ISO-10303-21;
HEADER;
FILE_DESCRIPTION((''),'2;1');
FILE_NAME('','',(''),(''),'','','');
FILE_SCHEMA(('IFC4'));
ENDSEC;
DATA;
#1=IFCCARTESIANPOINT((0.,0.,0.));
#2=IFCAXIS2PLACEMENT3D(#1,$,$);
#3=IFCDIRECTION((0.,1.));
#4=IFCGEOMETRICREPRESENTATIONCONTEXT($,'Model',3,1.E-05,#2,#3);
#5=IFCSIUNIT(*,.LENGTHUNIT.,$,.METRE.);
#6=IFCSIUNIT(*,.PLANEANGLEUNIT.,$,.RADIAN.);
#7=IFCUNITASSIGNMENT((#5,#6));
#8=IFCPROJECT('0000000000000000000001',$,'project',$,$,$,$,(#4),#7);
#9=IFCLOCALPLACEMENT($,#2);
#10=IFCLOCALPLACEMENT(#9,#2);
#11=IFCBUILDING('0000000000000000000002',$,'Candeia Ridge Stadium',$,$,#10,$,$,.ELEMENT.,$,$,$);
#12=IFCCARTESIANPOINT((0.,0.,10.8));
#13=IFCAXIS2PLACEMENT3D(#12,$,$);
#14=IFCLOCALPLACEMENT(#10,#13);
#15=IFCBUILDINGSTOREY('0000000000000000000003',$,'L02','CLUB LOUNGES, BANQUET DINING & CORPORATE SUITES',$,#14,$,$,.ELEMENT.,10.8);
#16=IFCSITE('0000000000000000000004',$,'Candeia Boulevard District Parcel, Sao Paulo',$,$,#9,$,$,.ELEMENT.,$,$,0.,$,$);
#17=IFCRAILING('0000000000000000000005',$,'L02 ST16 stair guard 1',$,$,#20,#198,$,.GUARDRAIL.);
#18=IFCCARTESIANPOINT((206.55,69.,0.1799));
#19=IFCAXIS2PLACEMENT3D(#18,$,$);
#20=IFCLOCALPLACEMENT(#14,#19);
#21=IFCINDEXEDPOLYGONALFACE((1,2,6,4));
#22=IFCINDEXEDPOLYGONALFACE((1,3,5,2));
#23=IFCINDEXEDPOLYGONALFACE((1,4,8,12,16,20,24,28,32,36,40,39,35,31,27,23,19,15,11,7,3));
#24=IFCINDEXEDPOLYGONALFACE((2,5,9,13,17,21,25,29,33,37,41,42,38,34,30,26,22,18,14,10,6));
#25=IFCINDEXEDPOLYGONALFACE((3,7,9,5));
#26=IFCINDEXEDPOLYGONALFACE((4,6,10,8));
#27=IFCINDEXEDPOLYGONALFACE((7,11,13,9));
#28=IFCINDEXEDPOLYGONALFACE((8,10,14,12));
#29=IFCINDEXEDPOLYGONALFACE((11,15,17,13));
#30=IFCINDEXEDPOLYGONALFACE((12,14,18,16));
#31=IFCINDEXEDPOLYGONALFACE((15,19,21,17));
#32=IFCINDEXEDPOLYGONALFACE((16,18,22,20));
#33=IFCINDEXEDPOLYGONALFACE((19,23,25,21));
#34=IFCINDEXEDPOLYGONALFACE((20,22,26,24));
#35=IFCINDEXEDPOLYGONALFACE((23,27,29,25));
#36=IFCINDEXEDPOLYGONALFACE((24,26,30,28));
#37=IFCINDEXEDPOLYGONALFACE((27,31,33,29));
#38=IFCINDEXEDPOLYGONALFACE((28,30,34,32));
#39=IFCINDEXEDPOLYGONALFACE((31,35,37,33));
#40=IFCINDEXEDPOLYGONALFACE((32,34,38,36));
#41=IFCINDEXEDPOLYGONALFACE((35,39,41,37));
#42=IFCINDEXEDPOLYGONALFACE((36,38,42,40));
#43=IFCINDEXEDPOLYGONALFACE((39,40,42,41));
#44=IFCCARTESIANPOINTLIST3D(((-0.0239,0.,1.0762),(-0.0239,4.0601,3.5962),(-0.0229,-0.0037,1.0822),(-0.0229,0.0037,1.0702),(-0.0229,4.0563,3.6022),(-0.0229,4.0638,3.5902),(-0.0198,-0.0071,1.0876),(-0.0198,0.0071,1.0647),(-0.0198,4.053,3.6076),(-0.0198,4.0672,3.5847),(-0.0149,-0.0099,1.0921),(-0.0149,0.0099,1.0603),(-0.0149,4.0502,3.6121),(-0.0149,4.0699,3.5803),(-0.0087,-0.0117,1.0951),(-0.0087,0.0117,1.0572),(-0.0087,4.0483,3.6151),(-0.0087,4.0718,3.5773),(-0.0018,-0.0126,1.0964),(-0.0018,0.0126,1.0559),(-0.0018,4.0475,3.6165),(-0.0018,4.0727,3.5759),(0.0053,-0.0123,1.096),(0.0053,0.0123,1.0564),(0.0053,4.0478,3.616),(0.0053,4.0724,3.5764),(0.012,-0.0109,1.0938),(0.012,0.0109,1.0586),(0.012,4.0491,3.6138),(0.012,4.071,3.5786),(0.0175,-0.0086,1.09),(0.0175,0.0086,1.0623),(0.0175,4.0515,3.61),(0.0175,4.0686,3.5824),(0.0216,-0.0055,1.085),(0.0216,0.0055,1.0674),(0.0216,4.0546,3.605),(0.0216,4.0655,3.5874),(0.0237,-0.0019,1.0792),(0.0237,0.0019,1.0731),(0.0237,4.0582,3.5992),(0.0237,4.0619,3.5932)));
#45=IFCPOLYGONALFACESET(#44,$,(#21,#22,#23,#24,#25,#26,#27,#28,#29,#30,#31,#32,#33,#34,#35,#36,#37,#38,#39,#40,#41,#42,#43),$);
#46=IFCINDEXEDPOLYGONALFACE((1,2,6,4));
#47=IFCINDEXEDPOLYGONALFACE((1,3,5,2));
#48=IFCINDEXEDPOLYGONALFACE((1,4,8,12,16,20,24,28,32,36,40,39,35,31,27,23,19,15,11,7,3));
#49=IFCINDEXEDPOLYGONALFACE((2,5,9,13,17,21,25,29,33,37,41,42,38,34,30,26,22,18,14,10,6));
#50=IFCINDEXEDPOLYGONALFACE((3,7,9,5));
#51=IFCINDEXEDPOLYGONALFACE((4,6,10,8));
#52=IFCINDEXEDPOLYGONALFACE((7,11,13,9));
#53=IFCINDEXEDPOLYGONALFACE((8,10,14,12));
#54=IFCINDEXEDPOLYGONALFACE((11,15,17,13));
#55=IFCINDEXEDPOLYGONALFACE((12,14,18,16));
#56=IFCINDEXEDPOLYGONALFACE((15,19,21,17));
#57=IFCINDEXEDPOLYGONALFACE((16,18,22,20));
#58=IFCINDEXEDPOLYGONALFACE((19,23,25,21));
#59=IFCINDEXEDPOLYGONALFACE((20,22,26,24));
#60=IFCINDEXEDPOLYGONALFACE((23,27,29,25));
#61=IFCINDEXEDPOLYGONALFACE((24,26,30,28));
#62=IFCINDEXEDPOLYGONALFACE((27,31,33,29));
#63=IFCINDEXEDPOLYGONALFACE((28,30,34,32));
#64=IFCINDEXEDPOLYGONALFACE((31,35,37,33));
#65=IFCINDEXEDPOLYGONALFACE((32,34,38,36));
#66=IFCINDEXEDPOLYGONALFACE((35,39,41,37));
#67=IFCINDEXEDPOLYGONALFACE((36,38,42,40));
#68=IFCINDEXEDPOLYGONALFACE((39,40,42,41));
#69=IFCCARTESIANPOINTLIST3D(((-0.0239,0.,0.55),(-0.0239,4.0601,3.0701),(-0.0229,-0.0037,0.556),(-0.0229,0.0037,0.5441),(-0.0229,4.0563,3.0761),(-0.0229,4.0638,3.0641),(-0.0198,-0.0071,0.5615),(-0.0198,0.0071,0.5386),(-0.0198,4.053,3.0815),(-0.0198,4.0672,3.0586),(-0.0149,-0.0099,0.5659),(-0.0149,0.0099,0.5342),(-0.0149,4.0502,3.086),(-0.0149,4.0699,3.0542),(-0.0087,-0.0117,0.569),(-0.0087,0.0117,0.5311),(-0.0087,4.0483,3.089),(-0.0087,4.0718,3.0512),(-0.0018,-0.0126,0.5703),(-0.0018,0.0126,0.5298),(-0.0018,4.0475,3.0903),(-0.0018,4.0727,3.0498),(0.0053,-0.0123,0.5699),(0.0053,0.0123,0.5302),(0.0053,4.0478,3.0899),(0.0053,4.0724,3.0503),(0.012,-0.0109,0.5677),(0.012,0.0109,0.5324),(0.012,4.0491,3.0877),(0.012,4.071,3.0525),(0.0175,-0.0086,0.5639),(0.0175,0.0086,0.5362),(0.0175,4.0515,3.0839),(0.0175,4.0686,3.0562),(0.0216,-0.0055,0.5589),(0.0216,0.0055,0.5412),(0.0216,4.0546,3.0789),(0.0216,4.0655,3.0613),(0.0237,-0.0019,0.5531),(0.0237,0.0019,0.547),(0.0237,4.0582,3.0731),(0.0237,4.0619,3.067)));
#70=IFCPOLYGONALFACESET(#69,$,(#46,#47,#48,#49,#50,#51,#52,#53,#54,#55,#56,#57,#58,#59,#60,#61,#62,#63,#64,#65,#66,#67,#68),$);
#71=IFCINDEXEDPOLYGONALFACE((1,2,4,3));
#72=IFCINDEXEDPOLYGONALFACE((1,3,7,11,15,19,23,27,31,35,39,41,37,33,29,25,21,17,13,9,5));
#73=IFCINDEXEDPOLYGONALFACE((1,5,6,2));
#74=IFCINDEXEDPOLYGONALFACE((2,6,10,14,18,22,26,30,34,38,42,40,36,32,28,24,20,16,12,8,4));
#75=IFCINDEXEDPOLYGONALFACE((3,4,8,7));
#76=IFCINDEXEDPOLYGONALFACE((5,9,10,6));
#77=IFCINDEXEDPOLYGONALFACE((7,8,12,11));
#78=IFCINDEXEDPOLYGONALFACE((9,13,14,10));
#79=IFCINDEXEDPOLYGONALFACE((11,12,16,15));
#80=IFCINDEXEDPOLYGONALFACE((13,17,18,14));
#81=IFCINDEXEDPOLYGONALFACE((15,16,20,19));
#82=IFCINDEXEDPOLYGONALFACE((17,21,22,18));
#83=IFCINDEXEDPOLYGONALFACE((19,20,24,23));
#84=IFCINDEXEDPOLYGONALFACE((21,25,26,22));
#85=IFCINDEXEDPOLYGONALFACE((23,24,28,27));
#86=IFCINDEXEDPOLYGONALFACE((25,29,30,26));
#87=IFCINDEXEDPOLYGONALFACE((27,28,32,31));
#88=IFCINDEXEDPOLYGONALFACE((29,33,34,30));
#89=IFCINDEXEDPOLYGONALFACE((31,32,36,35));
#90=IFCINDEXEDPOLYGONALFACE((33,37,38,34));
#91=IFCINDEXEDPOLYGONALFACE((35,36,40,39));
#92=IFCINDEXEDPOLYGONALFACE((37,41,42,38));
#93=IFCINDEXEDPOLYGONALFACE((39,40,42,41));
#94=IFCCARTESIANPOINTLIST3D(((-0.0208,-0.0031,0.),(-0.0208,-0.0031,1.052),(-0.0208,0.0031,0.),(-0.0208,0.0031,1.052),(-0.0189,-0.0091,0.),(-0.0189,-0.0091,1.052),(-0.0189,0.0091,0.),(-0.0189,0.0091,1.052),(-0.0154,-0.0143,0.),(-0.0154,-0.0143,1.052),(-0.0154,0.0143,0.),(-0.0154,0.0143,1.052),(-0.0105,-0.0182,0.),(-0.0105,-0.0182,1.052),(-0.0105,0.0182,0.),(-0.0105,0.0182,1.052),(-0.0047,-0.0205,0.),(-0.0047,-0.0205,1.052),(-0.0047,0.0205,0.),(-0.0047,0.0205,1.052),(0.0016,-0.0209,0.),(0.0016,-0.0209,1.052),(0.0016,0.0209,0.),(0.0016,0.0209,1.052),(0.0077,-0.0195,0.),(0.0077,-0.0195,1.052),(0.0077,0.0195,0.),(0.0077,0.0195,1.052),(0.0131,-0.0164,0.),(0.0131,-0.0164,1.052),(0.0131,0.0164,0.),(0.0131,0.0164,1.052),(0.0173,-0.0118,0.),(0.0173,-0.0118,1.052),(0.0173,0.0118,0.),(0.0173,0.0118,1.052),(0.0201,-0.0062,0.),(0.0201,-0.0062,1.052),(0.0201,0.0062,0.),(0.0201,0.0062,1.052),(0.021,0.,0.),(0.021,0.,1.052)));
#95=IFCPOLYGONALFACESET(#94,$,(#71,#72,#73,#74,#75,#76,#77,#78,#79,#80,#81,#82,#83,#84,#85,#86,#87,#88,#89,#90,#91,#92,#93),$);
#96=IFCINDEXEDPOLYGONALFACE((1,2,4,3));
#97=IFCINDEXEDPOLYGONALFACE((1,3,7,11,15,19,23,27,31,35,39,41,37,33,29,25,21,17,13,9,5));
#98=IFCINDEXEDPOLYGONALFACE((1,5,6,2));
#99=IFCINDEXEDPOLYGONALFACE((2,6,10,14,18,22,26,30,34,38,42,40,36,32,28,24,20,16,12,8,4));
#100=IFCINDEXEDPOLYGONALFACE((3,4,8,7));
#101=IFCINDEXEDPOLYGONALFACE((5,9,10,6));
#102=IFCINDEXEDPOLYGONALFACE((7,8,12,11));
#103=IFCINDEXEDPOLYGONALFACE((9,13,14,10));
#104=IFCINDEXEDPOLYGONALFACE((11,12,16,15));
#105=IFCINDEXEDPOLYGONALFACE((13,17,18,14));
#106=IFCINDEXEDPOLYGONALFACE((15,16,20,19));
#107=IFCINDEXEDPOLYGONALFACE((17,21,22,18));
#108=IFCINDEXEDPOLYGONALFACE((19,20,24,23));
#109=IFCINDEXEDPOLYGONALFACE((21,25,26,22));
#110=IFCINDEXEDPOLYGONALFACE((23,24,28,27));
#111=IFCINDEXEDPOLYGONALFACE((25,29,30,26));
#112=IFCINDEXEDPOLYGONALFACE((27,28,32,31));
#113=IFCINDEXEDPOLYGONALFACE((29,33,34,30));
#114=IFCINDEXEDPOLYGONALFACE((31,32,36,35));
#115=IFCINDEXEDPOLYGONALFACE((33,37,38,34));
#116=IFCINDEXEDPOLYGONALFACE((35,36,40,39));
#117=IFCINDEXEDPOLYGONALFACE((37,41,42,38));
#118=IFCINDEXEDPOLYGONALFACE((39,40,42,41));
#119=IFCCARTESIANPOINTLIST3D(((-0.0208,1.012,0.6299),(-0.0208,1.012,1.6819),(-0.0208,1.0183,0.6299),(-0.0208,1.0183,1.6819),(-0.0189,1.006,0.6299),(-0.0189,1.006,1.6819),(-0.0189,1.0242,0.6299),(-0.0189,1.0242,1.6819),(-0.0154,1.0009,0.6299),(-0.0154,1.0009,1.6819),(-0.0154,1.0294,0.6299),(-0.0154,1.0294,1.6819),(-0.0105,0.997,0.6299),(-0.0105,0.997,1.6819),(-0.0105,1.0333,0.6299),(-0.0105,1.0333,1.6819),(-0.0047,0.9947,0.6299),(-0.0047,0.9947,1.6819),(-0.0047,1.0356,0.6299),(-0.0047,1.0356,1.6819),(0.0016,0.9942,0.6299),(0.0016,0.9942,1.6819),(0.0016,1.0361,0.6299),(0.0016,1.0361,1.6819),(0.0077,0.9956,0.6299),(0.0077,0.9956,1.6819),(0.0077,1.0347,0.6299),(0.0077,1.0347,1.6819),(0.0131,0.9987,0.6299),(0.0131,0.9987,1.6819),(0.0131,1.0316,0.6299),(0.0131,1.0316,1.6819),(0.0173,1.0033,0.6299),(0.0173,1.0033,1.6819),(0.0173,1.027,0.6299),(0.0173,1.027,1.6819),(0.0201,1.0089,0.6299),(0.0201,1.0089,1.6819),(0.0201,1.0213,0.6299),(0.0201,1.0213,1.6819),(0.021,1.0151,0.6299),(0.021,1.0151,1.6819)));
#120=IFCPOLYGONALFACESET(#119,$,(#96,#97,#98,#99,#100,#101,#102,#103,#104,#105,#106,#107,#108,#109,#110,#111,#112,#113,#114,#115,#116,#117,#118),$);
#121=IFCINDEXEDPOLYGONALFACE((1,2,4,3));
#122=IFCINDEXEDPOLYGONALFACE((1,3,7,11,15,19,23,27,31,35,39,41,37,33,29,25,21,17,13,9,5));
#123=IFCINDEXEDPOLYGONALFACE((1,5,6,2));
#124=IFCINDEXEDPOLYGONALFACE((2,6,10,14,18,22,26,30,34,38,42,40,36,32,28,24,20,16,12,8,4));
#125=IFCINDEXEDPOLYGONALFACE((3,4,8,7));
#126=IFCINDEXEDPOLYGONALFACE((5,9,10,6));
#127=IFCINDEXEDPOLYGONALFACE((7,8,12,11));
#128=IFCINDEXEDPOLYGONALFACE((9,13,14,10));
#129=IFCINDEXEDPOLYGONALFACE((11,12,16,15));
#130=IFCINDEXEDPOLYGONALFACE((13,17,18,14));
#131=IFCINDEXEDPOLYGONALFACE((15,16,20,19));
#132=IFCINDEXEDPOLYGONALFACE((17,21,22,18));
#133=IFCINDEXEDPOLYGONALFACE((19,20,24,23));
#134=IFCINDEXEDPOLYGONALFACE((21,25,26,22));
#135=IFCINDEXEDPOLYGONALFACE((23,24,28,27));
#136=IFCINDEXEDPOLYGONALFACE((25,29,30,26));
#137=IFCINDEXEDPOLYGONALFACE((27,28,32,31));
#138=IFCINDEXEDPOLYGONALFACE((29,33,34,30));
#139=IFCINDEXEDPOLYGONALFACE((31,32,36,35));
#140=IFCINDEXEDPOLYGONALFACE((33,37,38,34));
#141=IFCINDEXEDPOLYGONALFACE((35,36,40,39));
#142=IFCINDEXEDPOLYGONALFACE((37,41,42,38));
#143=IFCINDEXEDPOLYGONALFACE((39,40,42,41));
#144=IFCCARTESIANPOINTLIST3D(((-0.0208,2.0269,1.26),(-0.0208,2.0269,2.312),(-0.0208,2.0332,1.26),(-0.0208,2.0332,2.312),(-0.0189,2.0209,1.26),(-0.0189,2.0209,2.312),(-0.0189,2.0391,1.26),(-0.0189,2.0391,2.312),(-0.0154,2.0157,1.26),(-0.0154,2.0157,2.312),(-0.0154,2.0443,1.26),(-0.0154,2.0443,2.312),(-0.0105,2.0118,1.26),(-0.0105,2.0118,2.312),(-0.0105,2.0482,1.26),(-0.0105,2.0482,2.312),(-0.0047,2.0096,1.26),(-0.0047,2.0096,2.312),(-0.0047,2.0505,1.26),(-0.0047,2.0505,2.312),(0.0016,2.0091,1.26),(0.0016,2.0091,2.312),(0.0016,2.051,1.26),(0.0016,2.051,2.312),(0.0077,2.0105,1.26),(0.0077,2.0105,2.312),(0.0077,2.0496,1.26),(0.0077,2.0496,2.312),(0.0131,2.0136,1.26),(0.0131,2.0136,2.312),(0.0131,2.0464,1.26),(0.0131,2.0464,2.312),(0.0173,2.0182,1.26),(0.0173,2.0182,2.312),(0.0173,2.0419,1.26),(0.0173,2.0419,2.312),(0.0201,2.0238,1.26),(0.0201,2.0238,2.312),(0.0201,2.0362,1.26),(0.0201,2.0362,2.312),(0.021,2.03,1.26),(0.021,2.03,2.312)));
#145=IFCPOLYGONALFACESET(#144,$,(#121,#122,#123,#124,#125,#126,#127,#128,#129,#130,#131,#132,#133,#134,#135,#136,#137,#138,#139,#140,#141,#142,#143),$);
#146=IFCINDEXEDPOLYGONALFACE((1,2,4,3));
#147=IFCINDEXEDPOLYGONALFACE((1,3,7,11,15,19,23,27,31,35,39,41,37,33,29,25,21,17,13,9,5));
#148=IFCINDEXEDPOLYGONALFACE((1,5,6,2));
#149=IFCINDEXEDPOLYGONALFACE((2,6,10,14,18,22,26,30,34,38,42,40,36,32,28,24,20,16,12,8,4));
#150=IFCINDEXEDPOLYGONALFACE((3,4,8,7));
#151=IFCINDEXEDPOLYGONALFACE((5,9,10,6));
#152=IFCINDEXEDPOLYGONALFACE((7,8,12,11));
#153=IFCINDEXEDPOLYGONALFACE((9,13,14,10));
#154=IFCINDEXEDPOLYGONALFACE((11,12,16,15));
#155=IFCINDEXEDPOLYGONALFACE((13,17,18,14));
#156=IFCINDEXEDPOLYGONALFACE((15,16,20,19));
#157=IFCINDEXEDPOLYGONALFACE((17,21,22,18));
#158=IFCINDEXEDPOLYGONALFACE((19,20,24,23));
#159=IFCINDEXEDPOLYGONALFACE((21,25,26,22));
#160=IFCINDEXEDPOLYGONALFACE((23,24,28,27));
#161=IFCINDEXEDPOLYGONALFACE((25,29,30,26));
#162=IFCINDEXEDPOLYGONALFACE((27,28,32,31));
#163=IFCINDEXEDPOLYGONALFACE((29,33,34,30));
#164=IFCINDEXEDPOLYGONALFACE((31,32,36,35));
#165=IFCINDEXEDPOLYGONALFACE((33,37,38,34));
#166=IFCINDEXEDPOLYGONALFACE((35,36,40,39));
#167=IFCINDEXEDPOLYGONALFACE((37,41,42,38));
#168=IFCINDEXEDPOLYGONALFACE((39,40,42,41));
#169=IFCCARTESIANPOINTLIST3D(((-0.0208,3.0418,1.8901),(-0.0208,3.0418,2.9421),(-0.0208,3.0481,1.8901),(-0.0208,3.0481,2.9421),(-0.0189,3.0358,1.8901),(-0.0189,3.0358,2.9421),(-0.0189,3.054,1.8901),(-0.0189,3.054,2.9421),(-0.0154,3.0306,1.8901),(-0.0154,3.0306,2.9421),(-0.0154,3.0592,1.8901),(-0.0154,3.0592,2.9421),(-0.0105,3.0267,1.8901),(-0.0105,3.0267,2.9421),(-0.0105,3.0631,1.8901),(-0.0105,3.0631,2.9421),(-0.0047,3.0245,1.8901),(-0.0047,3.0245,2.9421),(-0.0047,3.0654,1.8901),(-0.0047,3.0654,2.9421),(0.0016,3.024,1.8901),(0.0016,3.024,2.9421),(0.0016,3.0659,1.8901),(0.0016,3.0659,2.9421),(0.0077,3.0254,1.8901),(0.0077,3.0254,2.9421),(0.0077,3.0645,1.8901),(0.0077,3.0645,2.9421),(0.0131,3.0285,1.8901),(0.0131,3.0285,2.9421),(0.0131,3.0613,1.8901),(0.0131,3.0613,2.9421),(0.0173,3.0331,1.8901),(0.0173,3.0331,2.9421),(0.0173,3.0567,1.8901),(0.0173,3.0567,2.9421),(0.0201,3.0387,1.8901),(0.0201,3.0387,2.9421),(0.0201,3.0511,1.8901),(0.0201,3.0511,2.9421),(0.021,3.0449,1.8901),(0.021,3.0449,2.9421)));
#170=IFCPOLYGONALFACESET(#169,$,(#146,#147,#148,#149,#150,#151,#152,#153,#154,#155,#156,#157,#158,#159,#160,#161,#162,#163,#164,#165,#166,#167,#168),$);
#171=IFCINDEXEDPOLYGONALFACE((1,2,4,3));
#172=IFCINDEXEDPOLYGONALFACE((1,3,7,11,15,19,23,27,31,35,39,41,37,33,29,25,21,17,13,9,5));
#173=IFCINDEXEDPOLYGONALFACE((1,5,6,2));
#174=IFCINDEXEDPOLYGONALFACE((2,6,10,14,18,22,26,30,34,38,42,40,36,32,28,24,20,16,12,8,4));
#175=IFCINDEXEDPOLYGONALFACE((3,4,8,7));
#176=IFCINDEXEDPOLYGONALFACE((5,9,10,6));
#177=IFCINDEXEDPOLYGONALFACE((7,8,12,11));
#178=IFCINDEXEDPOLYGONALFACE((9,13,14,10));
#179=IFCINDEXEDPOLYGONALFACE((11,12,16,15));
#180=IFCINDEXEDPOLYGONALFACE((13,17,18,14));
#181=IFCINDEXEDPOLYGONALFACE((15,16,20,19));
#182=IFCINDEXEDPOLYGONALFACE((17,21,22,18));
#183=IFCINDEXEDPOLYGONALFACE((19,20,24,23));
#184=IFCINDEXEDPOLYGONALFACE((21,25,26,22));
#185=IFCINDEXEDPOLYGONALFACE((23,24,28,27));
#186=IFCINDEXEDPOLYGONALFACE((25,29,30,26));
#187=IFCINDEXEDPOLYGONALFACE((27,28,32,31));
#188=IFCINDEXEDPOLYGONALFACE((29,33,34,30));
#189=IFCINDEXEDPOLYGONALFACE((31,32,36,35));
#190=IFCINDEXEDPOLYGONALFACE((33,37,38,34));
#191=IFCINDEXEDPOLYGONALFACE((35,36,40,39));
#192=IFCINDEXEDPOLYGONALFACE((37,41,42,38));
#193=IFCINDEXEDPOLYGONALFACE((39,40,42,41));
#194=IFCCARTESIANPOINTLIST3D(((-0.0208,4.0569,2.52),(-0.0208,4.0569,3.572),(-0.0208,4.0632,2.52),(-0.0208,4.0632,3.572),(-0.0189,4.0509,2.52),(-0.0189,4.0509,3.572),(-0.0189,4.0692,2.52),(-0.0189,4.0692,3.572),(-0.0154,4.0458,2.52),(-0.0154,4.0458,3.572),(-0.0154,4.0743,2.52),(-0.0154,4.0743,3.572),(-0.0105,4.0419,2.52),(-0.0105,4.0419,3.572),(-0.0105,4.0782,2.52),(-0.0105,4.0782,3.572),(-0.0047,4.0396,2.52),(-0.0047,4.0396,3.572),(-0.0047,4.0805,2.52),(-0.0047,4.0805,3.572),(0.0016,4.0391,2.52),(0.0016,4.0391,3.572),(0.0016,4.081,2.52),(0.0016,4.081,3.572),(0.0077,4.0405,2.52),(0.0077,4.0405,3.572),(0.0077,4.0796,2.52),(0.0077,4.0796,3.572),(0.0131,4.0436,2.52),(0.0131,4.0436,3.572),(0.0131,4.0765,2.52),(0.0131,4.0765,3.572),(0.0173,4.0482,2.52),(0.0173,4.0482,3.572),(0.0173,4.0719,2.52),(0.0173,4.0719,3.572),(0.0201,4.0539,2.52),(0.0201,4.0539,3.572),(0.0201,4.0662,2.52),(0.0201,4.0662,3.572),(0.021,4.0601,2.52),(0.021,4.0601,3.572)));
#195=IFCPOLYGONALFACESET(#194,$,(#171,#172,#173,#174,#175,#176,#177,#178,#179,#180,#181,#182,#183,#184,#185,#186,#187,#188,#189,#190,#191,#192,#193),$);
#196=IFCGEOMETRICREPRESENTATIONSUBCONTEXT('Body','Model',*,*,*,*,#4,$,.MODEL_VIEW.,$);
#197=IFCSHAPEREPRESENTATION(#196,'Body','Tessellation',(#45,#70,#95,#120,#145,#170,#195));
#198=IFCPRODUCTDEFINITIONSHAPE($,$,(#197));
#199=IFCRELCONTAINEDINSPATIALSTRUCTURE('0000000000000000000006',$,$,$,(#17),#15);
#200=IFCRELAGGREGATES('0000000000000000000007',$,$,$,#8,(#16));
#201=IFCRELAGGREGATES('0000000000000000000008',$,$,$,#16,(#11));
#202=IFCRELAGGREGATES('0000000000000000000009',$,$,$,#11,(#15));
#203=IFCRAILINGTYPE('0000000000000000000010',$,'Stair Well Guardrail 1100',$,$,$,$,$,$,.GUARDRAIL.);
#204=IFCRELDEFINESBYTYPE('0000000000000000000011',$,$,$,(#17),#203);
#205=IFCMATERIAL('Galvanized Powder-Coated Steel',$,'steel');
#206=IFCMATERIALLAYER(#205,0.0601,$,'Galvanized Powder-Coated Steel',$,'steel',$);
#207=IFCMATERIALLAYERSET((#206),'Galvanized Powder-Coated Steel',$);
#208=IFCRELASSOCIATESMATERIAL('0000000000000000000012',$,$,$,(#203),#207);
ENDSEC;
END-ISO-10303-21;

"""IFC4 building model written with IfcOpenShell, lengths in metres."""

from ifc_helpers import new_model, si_unit, direction, frame, origin, origin_2d, place, context, subcontext, project, spatial, circle, extrude, material, layer, layer_set, type_object, element, save


model = new_model("IFC4")

# Units and contexts
model_context = context("Model", 3, precision=1e-05, world=origin(), true_north=direction((0.0, 1.0)))
body_context = subcontext(model_context, "Body", "Model", "MODEL_VIEW")
ifc_project = project(units=[si_unit("LENGTHUNIT", "METRE"), si_unit("PLANEANGLEUNIT", "RADIAN")], contexts=[model_context])

# Site, building, storey
site_placement = place(None, origin())
site = spatial("IfcSite", under=ifc_project, at=site_placement, Name="Candeia Boulevard District Parcel, Sao Paulo", CompositionType="ELEMENT", RefElevation=0.0)
building_placement = place(site_placement, origin())
building = spatial("IfcBuilding", under=site, at=building_placement, Name="Candeia Ridge Stadium", CompositionType="ELEMENT")
storey_placement = place(building_placement, frame((0.0, 0.0, 10.8)))
storey = spatial("IfcBuildingStorey", under=building, at=storey_placement, Name="L02", Description="CLUB LOUNGES, BANQUET DINING & CORPORATE SUITES", CompositionType="ELEMENT", Elevation=10.8)

# Railing
ifc_material_1 = material(Name="Galvanized Powder-Coated Steel", Category="steel")
ifc_layer_1 = layer(ifc_material_1, 0.0601, Name="Galvanized Powder-Coated Steel", Category="steel")
ifc_layer_set_1 = layer_set([ifc_layer_1], Name="Galvanized Powder-Coated Steel")
railing_type_1 = type_object("IfcRailingType", Name="Stair Well Guardrail 1100", PredefinedType="GUARDRAIL", material=ifc_layer_set_1)
railing_1_placement = place(storey_placement, frame((206.55, 69.0, 0.1799)))
element("IfcRailing", 1, at=railing_1_placement, inside=storey, type_object=railing_type_1, Name="L02 ST16 stair guard 1", PredefinedType="GUARDRAIL", context=body_context, shape_type="SweptSolid", body=[
    extrude(circle(Radius=0.0239, at=origin_2d()), frame((0.0, 0.0, 1.0762), z_axis=(0.0, 0.849642, 0.52736), x_axis=(-1.0, 0.0, 0.0)), (0.0, 0.0, 1.0), 4.7786),
    extrude(circle(Radius=0.0239, at=origin_2d()), frame((0.0, 0.0, 0.55), z_axis=(0.0, 0.849642, 0.52736), x_axis=(-1.0, 0.0, 0.0)), (0.0, 0.0, 1.0), 4.7786),
    extrude(circle(Radius=0.021, at=origin_2d()), origin(), (0.0, 0.0, 1.0), 1.052),
    extrude(circle(Radius=0.021, at=origin_2d()), frame((0.0, 1.0151, 0.6299)), (0.0, 0.0, 1.0), 1.052),
    extrude(circle(Radius=0.021, at=origin_2d()), frame((0.0, 2.03, 1.26)), (0.0, 0.0, 1.0), 1.052),
    extrude(circle(Radius=0.021, at=origin_2d()), frame((0.0, 3.0449, 1.8901)), (0.0, 0.0, 1.0), 1.052),
    extrude(circle(Radius=0.021, at=origin_2d()), frame((0.0, 4.0601, 2.52)), (0.0, 0.0, 1.0), 1.052),
])

save(model, "model.ifc")
